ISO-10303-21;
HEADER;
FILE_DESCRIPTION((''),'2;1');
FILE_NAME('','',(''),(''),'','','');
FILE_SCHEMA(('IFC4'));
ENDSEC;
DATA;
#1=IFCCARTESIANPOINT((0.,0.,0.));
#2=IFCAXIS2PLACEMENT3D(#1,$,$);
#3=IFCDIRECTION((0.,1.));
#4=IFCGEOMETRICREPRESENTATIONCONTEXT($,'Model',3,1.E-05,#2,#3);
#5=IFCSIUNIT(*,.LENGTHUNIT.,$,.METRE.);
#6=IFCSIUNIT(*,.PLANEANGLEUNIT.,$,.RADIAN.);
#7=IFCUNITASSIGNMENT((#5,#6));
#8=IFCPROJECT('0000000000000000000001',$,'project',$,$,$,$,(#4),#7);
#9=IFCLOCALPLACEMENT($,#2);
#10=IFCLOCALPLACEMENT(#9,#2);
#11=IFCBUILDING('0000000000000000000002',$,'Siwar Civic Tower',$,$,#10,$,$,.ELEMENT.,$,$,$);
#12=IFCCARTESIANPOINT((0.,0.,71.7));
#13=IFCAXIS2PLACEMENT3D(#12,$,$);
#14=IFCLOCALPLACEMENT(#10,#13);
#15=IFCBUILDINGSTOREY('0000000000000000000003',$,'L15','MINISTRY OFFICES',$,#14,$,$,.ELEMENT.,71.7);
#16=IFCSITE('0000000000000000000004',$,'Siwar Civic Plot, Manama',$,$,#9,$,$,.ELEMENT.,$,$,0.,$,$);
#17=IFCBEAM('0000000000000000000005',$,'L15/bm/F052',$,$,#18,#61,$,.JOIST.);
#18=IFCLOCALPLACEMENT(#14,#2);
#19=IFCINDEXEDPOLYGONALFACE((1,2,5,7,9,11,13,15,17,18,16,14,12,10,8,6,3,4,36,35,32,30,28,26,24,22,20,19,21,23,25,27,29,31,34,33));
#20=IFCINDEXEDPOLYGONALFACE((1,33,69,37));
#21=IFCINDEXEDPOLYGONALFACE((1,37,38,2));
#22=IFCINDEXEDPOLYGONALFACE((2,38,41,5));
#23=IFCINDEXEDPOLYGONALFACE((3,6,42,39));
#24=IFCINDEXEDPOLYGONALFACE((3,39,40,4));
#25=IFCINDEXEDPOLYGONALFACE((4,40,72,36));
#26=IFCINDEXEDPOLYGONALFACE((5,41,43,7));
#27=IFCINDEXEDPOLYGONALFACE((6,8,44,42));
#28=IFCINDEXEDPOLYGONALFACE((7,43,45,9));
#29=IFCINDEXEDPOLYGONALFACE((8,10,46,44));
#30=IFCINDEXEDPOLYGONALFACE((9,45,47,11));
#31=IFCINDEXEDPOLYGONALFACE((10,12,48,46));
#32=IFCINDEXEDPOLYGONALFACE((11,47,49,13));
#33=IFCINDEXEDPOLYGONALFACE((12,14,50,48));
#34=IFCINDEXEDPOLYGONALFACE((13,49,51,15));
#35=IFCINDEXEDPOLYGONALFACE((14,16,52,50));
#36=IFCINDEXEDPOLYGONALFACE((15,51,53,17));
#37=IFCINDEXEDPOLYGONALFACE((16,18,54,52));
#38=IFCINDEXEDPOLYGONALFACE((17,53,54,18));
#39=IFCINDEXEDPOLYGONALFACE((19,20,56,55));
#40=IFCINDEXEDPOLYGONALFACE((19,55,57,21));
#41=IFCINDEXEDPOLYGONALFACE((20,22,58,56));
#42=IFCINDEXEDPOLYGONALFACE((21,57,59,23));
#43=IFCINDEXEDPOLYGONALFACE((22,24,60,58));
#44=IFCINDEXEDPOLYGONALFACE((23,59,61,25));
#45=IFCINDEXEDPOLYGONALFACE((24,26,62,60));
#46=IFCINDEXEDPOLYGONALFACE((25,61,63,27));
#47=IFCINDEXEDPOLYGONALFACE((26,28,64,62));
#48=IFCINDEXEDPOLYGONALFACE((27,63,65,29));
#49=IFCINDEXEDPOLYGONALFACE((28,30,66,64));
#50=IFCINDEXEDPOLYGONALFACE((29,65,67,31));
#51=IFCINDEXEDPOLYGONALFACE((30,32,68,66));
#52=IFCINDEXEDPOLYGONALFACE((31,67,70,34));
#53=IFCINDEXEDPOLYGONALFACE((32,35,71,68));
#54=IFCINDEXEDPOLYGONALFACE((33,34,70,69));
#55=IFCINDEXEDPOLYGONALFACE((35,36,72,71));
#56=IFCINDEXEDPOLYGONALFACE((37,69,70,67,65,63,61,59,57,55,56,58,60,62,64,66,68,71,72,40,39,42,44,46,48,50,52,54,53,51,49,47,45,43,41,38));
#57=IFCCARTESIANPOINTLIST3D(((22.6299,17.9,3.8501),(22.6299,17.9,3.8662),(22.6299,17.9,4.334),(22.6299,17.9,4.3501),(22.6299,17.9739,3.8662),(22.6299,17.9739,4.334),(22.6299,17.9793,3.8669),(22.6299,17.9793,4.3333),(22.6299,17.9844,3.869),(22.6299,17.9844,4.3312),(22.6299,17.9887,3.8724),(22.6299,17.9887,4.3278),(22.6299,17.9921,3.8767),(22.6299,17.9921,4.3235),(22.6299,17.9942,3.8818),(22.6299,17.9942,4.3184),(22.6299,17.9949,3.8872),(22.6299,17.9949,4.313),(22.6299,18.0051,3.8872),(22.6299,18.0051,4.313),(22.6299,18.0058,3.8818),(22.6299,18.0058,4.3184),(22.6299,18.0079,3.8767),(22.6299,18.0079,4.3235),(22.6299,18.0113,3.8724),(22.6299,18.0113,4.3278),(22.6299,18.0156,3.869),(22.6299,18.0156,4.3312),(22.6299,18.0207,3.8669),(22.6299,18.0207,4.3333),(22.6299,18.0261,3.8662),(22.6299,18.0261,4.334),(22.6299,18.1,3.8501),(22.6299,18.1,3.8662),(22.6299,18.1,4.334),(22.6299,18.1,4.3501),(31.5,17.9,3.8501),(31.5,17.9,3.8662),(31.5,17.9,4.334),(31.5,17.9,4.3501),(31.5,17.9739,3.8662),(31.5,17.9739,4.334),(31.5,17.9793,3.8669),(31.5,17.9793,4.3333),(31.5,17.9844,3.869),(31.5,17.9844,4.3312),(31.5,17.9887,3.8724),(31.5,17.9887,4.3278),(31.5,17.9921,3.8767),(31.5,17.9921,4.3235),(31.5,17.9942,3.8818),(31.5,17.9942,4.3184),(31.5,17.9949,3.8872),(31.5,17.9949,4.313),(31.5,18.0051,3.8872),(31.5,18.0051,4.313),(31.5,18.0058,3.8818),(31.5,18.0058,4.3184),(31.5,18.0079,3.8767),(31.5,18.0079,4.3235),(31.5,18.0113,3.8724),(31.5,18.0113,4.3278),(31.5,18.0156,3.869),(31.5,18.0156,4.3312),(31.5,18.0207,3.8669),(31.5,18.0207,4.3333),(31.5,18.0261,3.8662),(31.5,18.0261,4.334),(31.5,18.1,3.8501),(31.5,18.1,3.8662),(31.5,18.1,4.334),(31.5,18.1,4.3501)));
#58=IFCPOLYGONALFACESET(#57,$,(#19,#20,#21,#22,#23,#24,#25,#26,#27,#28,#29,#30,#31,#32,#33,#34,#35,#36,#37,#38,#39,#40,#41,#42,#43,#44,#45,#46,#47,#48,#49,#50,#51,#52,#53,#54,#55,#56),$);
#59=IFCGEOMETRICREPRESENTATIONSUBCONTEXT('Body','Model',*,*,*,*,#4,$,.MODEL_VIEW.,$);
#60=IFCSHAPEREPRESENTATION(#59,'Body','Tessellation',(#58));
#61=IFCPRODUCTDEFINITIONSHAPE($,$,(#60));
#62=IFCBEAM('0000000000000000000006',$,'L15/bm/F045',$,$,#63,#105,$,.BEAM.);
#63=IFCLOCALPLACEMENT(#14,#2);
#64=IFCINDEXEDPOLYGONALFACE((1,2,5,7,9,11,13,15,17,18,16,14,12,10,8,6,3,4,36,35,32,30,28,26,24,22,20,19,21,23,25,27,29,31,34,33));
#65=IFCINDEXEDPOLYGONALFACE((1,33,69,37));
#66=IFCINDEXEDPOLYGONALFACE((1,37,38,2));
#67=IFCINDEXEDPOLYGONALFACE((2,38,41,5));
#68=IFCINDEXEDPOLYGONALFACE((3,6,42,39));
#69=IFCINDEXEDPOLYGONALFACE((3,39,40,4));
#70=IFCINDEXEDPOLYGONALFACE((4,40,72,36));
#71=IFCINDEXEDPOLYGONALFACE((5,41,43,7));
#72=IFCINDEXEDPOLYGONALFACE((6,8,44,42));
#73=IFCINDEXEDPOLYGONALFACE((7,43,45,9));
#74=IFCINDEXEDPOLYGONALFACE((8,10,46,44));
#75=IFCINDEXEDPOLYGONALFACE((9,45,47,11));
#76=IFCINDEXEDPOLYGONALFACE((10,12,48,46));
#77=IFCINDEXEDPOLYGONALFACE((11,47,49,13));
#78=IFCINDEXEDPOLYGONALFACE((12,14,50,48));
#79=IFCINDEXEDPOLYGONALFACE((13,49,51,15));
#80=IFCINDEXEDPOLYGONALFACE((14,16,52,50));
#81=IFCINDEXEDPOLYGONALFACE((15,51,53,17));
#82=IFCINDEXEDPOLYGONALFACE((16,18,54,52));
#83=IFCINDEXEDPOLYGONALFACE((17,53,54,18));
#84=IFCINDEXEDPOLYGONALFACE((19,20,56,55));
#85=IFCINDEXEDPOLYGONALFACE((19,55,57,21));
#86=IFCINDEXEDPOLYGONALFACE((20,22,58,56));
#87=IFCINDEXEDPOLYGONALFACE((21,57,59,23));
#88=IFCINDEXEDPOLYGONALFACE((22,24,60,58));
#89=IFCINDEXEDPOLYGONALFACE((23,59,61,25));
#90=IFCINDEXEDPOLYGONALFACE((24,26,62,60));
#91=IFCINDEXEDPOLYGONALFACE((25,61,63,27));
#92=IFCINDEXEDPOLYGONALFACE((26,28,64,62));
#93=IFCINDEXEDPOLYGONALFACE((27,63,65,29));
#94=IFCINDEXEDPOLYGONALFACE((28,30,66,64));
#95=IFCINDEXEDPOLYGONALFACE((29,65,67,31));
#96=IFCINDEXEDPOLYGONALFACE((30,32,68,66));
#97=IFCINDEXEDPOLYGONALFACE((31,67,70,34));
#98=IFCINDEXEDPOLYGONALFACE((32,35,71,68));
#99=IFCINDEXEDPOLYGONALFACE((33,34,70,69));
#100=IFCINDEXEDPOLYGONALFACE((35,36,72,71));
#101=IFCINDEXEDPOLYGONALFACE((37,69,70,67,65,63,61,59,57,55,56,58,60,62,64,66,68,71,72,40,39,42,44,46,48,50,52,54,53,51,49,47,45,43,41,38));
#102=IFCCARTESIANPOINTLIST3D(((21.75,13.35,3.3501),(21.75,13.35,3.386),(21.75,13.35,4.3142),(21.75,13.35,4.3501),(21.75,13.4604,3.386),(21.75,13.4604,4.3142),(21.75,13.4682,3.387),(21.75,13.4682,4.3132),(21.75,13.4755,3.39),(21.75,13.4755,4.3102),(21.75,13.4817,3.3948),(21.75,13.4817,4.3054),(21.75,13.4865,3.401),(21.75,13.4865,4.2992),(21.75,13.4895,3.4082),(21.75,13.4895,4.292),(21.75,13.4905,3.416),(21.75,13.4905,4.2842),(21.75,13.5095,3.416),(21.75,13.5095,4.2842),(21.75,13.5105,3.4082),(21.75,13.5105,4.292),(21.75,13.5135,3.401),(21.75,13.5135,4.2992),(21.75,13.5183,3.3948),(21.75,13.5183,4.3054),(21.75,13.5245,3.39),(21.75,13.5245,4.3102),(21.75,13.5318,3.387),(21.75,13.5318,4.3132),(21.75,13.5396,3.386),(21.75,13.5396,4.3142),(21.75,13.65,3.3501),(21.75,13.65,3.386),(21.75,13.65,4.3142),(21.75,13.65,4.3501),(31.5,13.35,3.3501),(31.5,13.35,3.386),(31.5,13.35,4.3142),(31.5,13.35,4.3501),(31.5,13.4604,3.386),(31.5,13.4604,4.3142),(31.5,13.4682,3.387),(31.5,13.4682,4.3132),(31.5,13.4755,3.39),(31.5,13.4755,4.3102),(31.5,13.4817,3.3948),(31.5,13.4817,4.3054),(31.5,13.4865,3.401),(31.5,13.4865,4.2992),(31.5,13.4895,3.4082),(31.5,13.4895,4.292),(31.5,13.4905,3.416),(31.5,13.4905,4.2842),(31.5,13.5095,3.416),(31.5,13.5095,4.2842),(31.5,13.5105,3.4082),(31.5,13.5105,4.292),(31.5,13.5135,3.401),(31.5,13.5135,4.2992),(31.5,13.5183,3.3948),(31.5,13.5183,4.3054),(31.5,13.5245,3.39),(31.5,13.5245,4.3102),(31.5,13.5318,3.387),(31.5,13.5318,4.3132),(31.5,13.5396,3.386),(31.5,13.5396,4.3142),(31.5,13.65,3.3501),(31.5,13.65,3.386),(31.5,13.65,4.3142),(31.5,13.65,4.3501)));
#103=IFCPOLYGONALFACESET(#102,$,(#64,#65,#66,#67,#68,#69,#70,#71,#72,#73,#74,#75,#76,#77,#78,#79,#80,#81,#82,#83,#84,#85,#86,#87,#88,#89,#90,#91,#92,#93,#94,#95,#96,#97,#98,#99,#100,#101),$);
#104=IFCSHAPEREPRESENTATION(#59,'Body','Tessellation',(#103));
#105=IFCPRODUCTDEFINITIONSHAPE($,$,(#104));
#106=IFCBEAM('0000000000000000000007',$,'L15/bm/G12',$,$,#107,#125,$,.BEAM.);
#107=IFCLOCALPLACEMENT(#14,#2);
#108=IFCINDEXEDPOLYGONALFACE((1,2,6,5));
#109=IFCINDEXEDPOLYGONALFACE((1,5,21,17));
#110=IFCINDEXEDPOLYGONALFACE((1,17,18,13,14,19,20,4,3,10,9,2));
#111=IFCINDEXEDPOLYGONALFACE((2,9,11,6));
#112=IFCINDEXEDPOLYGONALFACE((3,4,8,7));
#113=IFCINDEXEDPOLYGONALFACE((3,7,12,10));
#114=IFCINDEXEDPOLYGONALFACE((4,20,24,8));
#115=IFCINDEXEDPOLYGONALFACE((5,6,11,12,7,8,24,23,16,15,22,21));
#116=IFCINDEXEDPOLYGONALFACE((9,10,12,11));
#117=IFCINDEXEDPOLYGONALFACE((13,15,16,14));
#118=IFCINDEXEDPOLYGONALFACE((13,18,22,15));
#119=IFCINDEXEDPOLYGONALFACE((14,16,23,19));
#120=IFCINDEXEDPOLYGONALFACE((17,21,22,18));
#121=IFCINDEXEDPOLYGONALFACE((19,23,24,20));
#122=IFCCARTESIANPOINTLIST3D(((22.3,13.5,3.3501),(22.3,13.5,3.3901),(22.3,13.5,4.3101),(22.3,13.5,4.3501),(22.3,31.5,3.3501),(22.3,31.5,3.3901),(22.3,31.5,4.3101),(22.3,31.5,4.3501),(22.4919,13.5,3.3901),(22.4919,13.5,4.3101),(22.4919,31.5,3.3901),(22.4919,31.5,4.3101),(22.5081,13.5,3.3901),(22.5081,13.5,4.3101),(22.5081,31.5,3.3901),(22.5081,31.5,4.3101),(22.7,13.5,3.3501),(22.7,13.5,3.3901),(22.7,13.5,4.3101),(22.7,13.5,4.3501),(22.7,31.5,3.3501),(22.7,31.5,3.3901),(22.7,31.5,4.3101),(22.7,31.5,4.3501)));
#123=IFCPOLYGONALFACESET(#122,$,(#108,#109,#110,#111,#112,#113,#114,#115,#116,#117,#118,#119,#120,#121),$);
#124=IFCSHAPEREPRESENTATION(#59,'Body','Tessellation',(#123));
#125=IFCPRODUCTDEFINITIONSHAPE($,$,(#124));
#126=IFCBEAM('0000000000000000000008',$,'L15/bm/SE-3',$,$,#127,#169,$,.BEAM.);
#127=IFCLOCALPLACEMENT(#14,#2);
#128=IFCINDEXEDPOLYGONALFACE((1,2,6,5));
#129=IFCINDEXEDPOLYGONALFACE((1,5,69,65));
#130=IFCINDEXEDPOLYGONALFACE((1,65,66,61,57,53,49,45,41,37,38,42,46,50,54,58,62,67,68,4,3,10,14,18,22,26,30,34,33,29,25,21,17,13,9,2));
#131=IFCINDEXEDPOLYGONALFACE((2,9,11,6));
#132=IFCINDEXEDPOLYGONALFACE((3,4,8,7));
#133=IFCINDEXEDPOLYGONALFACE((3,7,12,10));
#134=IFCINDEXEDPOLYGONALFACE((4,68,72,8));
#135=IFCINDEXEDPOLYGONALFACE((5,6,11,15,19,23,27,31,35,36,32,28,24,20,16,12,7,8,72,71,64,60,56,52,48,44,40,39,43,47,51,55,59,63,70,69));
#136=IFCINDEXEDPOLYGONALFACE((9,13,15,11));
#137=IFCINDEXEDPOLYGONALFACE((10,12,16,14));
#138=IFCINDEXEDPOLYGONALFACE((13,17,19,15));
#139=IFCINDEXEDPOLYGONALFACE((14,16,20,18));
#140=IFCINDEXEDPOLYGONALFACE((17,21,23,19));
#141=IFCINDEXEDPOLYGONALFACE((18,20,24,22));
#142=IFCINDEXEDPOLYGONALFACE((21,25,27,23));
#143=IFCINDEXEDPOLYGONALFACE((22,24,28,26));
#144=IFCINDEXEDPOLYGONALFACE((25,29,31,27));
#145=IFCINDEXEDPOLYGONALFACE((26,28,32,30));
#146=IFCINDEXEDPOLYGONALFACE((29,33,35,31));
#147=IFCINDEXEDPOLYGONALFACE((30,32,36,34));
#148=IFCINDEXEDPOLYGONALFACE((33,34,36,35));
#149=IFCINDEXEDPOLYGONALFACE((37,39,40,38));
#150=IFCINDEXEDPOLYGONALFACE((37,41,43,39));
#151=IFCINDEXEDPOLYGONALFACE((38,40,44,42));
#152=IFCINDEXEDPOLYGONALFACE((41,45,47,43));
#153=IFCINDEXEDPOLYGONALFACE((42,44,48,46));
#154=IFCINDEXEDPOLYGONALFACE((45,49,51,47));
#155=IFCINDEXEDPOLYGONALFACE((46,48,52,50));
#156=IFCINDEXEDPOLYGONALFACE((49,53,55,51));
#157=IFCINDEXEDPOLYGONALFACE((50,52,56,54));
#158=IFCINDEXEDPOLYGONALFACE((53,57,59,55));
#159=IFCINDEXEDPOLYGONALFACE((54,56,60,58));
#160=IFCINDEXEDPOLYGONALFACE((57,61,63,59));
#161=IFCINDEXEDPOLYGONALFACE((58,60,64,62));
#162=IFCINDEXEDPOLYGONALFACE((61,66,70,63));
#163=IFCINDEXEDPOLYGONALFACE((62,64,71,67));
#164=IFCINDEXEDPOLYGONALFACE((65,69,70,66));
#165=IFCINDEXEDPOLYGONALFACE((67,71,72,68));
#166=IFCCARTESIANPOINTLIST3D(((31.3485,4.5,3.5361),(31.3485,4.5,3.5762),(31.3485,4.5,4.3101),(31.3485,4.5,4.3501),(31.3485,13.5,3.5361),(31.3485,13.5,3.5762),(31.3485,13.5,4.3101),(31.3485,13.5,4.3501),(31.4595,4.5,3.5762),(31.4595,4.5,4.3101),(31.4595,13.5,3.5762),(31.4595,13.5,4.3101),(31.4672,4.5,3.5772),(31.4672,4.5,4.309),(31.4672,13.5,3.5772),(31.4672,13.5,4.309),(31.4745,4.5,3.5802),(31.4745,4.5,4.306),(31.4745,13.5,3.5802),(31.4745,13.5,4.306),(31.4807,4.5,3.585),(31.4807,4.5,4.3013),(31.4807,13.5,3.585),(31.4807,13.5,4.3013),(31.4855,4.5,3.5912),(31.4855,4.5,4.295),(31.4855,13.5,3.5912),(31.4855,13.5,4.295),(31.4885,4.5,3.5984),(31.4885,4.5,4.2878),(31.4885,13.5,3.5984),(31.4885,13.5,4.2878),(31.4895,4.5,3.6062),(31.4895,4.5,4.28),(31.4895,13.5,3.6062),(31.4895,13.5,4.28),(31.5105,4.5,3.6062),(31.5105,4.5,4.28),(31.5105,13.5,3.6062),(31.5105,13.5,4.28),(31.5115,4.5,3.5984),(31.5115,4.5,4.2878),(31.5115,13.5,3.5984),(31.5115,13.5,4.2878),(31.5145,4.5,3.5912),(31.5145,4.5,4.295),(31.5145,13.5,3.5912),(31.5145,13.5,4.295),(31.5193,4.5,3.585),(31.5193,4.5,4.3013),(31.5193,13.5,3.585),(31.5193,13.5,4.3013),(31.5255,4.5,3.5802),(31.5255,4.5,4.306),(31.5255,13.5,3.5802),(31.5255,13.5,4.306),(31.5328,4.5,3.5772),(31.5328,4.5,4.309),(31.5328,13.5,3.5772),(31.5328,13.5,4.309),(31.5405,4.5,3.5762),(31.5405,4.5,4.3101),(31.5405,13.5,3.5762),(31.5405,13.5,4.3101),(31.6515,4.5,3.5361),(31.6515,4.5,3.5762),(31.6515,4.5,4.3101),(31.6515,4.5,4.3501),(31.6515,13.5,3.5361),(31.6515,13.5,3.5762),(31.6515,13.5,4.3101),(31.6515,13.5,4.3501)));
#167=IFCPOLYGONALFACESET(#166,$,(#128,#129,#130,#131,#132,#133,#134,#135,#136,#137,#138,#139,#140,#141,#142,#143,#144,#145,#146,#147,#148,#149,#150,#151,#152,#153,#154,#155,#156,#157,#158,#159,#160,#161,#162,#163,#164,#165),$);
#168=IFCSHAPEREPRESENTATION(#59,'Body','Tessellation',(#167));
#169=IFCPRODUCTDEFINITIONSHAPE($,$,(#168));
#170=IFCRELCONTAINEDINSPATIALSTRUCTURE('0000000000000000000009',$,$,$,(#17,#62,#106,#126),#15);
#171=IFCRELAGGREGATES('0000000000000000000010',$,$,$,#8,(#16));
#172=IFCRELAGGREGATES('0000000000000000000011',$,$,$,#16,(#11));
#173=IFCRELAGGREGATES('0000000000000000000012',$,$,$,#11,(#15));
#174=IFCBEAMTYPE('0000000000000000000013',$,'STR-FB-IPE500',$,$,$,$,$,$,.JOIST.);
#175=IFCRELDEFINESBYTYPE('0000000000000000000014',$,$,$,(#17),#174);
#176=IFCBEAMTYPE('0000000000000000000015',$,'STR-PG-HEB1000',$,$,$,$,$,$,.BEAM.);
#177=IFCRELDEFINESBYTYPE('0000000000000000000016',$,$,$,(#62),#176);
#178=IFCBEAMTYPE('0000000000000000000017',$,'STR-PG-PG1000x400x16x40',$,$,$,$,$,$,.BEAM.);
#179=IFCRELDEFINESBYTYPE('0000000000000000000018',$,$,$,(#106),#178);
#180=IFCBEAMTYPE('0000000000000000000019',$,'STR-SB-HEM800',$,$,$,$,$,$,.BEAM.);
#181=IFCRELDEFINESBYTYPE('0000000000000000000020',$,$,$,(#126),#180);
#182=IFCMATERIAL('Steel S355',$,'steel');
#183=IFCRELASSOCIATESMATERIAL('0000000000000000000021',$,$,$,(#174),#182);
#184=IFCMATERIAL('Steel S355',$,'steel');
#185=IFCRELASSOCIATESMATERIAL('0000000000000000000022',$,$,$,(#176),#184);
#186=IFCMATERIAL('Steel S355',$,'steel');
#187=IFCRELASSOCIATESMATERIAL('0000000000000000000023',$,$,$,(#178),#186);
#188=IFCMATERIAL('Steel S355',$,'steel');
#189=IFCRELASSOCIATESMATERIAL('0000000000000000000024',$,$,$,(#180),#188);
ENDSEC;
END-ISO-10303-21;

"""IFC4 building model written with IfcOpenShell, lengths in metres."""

from ifc_helpers import new_model, si_unit, direction, frame, origin, origin_2d, place, context, subcontext, project, spatial, i_section, extrude, material, material_profile, profile_set, type_object, element, save


model = new_model("IFC4")

# Units and contexts
model_context = context("Model", 3, precision=1e-05, world=origin(), true_north=direction((0.0, 1.0)))
body_context = subcontext(model_context, "Body", "Model", "MODEL_VIEW")
ifc_project = project(units=[si_unit("LENGTHUNIT", "METRE"), si_unit("PLANEANGLEUNIT", "RADIAN")], contexts=[model_context])

# Site, building, storey
site_placement = place(None, origin())
site = spatial("IfcSite", under=ifc_project, at=site_placement, Name="Siwar Civic Plot, Manama", CompositionType="ELEMENT", RefElevation=0.0)
building_placement = place(site_placement, origin())
building = spatial("IfcBuilding", under=site, at=building_placement, Name="Siwar Civic Tower", CompositionType="ELEMENT")
storey_placement = place(building_placement, frame((0.0, 0.0, 71.7)))
storey = spatial("IfcBuildingStorey", under=building, at=storey_placement, Name="L15", Description="MINISTRY OFFICES", CompositionType="ELEMENT", Elevation=71.7)

# Beams
ifc_material_1 = material(Name="Steel S355", Category="steel")
ifc_material_profile_1 = material_profile(ifc_material_1, i_section(OverallWidth=0.2, OverallDepth=0.5, WebThickness=0.0103, FlangeThickness=0.0161, FilletRadius=0.021, at=origin_2d()), Name="IPE500")
ifc_profile_set_1 = profile_set([ifc_material_profile_1], Name="Steel S355")
beam_type_1 = type_object("IfcBeamType", Name="STR-FB-IPE500", PredefinedType="JOIST", material=ifc_profile_set_1)
beam_1_placement = place(storey_placement, frame((22.6299, 18.0, 4.1001), z_axis=(1.0, 0.0, 0.0), x_axis=(0.0, 1.0, 0.0)))
element("IfcBeam", 1, at=beam_1_placement, inside=storey, type_object=beam_type_1, Name="L15/bm/F052", PredefinedType="JOIST", context=body_context, shape_type="SweptSolid", body=[
    extrude(i_section(OverallWidth=0.2, OverallDepth=0.5, WebThickness=0.0103, FlangeThickness=0.0161, FilletRadius=0.021, at=origin_2d()), origin(), (0.0, 0.0, 1.0), 8.8701),
])
ifc_material_2 = material(Name="Steel S355", Category="steel")
ifc_material_profile_2 = material_profile(ifc_material_2, i_section(OverallWidth=0.3, OverallDepth=1.0, WebThickness=0.019, FlangeThickness=0.0359, FilletRadius=0.03, at=origin_2d()), Name="HEB1000")
ifc_profile_set_2 = profile_set([ifc_material_profile_2], Name="Steel S355")
beam_type_2 = type_object("IfcBeamType", Name="STR-PG-HEB1000", PredefinedType="BEAM", material=ifc_profile_set_2)
beam_2_placement = place(storey_placement, frame((21.75, 13.5, 3.8501), z_axis=(1.0, 0.0, 0.0), x_axis=(0.0, 1.0, 0.0)))
element("IfcBeam", 2, at=beam_2_placement, inside=storey, type_object=beam_type_2, Name="L15/bm/F045", PredefinedType="BEAM", context=body_context, shape_type="SweptSolid", body=[
    extrude(i_section(OverallWidth=0.3, OverallDepth=1.0, WebThickness=0.019, FlangeThickness=0.0359, FilletRadius=0.03, at=origin_2d()), origin(), (0.0, 0.0, 1.0), 9.75),
])
ifc_material_3 = material(Name="Steel S355", Category="steel")
ifc_material_profile_3 = material_profile(ifc_material_3, i_section(OverallWidth=0.3999, OverallDepth=1.0, WebThickness=0.0161, FlangeThickness=0.04, at=origin_2d()), Name="PG1000x400x16x40")
ifc_profile_set_3 = profile_set([ifc_material_profile_3], Name="Steel S355")
beam_type_3 = type_object("IfcBeamType", Name="STR-PG-PG1000x400x16x40", PredefinedType="BEAM", material=ifc_profile_set_3)
beam_3_placement = place(storey_placement, frame((22.5, 13.5, 3.8501), z_axis=(0.0, 1.0, 0.0), x_axis=(-1.0, 0.0, 0.0)))
element("IfcBeam", 3, at=beam_3_placement, inside=storey, type_object=beam_type_3, Name="L15/bm/G12", PredefinedType="BEAM", context=body_context, shape_type="SweptSolid", body=[
    extrude(i_section(OverallWidth=0.3999, OverallDepth=1.0, WebThickness=0.0161, FlangeThickness=0.04, at=origin_2d()), origin(), (0.0, 0.0, 1.0), 18.0),
])
ifc_material_4 = material(Name="Steel S355", Category="steel")
ifc_material_profile_4 = material_profile(ifc_material_4, i_section(OverallWidth=0.303, OverallDepth=0.814, WebThickness=0.021, FlangeThickness=0.04, FilletRadius=0.03, at=origin_2d()), Name="HEM800")
ifc_profile_set_4 = profile_set([ifc_material_profile_4], Name="Steel S355")
beam_type_4 = type_object("IfcBeamType", Name="STR-SB-HEM800", PredefinedType="BEAM", material=ifc_profile_set_4)
for number, where, z_axis, x_axis, name in (
    (4, (31.5, 4.5, 3.9431), (0.0, 1.0, 0.0), (-1.0, 0.0, 0.0), "L15/bm/SE-3"),
):
    element("IfcBeam", number, at=place(storey_placement, frame(where, z_axis=z_axis, x_axis=x_axis)), inside=storey, type_object=beam_type_4, Name=name, PredefinedType="BEAM", context=body_context, shape_type="SweptSolid", body=[
        extrude(i_section(OverallWidth=0.303, OverallDepth=0.814, WebThickness=0.021, FlangeThickness=0.04, FilletRadius=0.03, at=origin_2d()), origin(), (0.0, 0.0, 1.0), 9.0),
    ])

save(model, "model.ifc")
